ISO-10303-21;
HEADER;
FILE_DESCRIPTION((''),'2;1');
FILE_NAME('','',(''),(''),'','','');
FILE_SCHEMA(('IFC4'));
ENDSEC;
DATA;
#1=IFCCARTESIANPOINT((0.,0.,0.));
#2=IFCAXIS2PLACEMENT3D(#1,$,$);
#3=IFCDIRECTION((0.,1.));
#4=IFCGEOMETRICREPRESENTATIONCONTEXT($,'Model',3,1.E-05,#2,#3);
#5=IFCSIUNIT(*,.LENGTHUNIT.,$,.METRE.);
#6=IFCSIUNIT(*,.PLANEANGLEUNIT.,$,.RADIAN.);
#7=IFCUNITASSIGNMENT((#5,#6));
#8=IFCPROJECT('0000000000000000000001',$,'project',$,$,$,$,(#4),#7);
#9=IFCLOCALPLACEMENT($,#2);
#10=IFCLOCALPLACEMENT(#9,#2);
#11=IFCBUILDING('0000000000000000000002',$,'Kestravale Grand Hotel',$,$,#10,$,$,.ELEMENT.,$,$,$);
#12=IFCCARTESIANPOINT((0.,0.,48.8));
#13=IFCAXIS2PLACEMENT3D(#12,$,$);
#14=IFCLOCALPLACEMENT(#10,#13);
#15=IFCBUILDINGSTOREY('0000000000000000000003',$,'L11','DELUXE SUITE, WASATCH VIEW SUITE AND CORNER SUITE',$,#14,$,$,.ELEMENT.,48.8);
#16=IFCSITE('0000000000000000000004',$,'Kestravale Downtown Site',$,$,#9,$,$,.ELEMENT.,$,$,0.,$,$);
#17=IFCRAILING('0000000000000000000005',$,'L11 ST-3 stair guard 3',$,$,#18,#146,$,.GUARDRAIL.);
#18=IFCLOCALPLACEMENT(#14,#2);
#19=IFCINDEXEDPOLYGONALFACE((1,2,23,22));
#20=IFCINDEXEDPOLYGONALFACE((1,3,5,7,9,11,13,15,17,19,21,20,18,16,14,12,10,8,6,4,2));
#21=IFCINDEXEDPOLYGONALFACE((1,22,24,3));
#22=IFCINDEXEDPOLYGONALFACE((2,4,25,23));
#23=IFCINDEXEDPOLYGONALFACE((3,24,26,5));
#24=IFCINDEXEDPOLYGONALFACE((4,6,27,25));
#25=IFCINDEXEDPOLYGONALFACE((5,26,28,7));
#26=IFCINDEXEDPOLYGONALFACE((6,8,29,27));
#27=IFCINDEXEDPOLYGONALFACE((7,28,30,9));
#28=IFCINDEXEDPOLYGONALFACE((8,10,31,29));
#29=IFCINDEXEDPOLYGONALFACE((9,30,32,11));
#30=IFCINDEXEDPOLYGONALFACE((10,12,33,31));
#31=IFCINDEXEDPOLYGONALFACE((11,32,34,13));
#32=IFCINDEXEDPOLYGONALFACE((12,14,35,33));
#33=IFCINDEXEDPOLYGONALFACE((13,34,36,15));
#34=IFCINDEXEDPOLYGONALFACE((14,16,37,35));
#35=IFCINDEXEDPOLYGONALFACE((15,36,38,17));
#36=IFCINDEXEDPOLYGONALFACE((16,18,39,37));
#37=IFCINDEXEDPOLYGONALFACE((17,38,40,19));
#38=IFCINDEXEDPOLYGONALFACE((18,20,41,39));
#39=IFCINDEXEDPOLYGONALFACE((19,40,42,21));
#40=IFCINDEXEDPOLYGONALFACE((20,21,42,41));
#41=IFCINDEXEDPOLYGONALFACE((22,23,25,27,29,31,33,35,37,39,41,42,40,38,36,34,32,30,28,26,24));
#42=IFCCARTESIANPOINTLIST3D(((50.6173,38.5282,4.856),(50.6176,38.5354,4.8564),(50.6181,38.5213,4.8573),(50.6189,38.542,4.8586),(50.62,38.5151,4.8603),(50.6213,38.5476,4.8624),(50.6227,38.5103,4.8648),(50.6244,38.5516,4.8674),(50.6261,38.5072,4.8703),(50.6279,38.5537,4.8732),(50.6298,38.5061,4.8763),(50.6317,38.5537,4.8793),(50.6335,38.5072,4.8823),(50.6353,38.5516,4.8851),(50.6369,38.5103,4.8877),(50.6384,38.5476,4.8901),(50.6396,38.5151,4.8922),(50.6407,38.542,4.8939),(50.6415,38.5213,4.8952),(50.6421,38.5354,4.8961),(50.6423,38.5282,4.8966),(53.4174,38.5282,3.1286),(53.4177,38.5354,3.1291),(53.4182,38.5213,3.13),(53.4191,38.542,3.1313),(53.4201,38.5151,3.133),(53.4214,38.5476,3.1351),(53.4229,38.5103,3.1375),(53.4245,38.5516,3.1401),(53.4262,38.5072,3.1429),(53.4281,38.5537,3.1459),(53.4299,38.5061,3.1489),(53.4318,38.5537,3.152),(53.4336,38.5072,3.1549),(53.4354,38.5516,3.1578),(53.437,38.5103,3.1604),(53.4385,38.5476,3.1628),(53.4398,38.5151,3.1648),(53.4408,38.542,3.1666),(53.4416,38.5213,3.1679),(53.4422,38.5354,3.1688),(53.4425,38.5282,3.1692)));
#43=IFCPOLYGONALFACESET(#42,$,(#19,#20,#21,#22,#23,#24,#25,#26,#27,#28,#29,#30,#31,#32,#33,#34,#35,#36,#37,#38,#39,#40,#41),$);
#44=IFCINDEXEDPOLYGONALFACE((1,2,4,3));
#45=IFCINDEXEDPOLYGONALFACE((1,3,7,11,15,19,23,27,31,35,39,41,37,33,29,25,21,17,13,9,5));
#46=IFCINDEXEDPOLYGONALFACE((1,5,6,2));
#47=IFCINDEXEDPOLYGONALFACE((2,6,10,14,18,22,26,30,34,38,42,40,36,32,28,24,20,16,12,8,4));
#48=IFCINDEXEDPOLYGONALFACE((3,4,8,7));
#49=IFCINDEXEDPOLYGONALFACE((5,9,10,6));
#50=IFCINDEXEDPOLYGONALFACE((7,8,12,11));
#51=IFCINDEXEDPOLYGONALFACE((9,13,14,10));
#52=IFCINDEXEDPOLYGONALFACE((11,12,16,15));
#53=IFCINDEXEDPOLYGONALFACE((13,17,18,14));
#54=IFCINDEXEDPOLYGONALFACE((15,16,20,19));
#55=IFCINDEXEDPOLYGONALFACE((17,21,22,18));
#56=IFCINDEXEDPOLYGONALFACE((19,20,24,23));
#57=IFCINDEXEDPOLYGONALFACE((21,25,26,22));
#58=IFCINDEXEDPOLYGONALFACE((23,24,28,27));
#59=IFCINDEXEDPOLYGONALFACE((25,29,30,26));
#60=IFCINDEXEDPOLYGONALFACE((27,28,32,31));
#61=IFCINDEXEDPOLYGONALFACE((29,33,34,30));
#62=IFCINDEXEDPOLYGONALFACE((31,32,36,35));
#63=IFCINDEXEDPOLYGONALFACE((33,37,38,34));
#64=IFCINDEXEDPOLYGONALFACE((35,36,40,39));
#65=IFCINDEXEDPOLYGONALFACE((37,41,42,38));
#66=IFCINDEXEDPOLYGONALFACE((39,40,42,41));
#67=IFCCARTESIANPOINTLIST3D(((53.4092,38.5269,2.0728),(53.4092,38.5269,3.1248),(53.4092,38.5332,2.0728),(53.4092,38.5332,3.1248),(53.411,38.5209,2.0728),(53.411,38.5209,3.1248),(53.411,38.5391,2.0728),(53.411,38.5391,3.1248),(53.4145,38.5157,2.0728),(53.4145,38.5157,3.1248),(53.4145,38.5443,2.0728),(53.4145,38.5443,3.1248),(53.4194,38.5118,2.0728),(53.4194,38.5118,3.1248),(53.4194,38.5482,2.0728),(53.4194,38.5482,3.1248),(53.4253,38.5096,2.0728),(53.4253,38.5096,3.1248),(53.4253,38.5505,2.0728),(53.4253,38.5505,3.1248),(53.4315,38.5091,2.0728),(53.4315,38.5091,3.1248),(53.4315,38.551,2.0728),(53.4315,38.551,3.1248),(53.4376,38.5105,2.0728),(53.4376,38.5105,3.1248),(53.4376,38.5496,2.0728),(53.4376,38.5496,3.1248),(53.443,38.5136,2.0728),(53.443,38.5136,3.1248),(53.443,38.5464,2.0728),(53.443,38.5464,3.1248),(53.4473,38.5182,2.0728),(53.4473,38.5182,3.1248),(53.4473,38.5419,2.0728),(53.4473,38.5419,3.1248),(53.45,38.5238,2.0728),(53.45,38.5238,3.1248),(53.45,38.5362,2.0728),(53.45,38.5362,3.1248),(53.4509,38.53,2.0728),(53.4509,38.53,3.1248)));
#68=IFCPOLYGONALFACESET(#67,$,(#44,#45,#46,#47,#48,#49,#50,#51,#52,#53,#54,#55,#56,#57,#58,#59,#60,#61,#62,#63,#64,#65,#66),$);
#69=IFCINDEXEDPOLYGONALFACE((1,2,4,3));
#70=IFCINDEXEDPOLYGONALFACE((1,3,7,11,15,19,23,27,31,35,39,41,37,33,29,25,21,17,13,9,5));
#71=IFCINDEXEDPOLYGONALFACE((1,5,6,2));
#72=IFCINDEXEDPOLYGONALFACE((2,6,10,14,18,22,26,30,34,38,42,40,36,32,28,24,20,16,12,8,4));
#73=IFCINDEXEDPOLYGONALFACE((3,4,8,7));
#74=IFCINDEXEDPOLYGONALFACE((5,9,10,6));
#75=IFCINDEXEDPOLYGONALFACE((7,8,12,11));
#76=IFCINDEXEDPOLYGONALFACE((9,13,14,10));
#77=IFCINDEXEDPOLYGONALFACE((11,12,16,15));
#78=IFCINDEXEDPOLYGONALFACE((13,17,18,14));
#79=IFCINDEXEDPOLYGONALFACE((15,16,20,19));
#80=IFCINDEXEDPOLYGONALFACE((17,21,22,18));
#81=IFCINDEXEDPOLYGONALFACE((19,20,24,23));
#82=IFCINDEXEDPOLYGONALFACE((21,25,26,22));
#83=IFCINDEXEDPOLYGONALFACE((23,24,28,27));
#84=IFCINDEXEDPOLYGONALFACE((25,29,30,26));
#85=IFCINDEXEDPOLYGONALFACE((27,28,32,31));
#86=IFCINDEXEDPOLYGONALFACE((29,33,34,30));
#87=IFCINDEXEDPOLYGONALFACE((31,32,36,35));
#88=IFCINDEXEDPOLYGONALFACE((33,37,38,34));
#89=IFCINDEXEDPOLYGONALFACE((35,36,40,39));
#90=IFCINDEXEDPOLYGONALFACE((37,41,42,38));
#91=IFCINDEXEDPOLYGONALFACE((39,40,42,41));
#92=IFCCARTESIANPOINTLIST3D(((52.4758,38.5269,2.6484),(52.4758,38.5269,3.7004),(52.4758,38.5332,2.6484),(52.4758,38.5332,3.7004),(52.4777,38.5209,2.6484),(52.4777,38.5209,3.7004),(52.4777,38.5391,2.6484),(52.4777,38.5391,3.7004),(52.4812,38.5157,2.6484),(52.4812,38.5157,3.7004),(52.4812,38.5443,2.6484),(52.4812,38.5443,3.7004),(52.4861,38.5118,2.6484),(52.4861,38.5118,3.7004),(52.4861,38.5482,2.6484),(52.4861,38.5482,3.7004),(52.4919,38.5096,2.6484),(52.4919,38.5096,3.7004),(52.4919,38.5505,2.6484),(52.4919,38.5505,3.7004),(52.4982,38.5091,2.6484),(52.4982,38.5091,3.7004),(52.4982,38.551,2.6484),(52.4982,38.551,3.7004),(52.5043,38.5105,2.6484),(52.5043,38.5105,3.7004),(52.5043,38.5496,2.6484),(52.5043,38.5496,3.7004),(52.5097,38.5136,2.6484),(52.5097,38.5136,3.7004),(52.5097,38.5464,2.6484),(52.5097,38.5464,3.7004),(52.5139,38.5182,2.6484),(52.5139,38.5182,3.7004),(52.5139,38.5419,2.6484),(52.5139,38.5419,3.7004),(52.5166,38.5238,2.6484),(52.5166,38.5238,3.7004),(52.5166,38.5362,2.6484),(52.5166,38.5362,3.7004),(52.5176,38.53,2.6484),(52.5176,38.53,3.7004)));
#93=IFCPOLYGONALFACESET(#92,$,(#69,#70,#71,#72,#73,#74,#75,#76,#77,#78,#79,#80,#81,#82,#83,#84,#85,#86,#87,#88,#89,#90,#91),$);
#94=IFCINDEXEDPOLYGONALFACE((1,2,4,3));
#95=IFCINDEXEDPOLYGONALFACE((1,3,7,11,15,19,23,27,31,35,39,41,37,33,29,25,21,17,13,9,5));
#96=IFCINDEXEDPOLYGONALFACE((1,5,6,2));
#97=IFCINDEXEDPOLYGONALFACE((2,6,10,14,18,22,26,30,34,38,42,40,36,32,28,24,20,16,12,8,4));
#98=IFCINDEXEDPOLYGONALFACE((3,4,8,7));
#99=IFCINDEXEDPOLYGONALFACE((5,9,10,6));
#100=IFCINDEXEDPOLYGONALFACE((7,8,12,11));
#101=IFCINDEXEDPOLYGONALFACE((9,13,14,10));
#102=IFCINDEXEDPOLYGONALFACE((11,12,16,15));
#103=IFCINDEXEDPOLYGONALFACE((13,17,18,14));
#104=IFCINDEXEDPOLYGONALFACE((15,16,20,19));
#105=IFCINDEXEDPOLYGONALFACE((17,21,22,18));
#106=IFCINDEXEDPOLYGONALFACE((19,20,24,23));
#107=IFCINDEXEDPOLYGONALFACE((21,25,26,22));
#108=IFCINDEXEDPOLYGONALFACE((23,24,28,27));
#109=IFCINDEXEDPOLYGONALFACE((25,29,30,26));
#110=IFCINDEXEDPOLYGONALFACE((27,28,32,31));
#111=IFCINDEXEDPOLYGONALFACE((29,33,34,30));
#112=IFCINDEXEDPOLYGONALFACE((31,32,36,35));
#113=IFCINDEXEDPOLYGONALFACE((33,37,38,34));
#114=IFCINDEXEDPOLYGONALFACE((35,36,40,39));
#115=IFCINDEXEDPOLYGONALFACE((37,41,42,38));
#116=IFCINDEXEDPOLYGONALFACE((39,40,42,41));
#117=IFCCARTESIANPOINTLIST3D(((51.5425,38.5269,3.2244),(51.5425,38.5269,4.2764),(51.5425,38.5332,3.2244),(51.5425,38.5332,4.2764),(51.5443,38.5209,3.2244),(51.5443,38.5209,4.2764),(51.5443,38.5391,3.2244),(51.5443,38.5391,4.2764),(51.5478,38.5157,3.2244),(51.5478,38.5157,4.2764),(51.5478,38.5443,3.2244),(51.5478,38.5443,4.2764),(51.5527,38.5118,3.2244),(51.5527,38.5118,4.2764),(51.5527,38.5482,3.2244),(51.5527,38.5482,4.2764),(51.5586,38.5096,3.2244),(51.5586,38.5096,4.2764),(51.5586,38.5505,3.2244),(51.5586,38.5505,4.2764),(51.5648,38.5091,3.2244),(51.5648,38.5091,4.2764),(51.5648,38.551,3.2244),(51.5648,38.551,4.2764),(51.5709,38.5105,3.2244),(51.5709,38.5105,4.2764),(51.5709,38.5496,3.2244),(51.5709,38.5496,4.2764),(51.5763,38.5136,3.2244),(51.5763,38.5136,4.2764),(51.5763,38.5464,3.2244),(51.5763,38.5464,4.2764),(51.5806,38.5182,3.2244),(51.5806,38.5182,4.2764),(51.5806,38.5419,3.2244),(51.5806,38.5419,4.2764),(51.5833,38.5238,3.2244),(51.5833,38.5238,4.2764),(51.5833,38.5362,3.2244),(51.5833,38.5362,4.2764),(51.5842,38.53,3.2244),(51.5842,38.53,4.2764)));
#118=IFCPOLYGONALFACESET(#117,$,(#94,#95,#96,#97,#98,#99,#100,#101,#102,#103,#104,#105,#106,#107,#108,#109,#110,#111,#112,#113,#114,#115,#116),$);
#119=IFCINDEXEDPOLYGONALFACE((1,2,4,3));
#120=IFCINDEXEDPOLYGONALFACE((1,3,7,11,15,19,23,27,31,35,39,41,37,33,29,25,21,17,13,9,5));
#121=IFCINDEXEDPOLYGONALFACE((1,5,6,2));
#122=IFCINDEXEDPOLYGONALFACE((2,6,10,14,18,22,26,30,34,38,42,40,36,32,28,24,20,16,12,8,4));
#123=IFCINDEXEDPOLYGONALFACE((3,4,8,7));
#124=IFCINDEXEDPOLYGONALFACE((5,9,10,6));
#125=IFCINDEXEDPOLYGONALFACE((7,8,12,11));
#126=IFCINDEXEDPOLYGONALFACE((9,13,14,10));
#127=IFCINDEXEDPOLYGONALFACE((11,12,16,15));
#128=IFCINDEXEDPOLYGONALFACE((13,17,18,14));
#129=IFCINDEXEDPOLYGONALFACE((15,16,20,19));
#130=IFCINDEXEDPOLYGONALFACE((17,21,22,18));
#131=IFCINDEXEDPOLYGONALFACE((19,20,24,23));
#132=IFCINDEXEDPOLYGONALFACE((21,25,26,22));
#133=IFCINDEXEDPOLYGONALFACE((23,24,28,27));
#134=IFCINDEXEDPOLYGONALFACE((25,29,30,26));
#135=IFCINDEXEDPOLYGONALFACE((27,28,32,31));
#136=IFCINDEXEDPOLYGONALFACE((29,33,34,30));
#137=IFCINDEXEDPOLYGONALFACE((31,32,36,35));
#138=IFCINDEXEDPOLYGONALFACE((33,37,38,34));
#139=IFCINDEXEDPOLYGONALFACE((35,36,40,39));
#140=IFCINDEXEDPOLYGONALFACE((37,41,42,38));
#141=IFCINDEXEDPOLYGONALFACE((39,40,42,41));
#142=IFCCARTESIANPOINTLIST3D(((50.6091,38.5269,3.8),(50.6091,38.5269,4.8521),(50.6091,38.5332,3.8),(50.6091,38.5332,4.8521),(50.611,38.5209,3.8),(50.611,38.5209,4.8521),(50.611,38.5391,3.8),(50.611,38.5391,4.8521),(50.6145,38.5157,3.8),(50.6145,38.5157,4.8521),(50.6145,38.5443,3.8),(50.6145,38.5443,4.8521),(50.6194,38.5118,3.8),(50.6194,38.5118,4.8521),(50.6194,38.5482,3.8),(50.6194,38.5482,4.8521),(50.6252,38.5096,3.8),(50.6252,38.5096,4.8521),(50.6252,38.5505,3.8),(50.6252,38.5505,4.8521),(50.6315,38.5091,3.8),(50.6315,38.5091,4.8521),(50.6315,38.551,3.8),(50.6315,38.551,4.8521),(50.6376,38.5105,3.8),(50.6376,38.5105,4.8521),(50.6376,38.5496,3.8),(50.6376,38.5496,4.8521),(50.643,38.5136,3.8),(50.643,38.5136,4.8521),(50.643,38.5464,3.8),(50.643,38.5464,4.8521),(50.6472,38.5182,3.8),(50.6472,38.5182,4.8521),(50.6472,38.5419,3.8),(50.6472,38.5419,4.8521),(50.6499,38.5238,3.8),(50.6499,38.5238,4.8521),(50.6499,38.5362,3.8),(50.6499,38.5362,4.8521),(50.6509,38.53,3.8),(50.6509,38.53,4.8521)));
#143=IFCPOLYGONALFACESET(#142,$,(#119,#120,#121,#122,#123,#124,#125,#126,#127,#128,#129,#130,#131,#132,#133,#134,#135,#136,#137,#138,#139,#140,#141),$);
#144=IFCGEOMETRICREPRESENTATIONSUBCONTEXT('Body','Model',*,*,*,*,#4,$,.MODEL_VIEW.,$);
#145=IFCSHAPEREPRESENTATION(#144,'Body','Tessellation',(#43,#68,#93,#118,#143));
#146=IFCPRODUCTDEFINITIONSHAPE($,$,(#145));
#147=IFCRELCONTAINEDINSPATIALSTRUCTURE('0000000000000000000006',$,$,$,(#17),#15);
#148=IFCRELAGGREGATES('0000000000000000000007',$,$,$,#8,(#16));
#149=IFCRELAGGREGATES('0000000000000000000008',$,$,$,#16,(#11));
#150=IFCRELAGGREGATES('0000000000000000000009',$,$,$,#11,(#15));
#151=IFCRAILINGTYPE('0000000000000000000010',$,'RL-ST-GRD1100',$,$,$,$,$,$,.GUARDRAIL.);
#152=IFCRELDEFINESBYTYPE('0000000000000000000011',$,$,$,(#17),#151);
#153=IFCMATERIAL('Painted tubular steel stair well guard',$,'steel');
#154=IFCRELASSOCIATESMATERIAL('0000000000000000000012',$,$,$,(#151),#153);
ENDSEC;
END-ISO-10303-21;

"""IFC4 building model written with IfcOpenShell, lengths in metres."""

from ifc_helpers import new_model, si_unit, direction, frame, origin, origin_2d, place, context, subcontext, project, spatial, circle, extrude, material, type_object, element, save


model = new_model("IFC4")

# Units and contexts
model_context = context("Model", 3, precision=1e-05, world=origin(), true_north=direction((0.0, 1.0)))
body_context = subcontext(model_context, "Body", "Model", "MODEL_VIEW")
ifc_project = project(units=[si_unit("LENGTHUNIT", "METRE"), si_unit("PLANEANGLEUNIT", "RADIAN")], contexts=[model_context])

# Site, building, storey
site_placement = place(None, origin())
site = spatial("IfcSite", under=ifc_project, at=site_placement, Name="Kestravale Downtown Site", CompositionType="ELEMENT", RefElevation=0.0)
building_placement = place(site_placement, origin())
building = spatial("IfcBuilding", under=site, at=building_placement, Name="Kestravale Grand Hotel", CompositionType="ELEMENT")
storey_placement = place(building_placement, frame((0.0, 0.0, 48.8)))
storey = spatial("IfcBuildingStorey", under=building, at=storey_placement, Name="L11", Description="DELUXE SUITE, WASATCH VIEW SUITE AND CORNER SUITE", CompositionType="ELEMENT", Elevation=48.8)

# Railing
ifc_material_1 = material(Name="Painted tubular steel stair well guard", Category="steel")
railing_type_1 = type_object("IfcRailingType", Name="RL-ST-GRD1100", PredefinedType="GUARDRAIL", material=ifc_material_1)
railing_1_placement = place(storey_placement, frame((53.4299, 38.53, 2.0728)))
element("IfcRailing", 1, at=railing_1_placement, inside=storey, type_object=railing_type_1, Name="L11 ST-3 stair guard 3", PredefinedType="GUARDRAIL", context=body_context, shape_type="SweptSolid", body=[
    extrude(circle(Radius=0.0239, at=origin_2d()), frame((0.0, 0.0, 1.0762), z_axis=(-0.85109, 0.0, 0.52502), x_axis=(0.0, -1.0, 0.0)), (0.0, 0.0, 1.0), 3.29),
    extrude(circle(Radius=0.021, at=origin_2d()), origin(), (0.0, 0.0, 1.0), 1.052),
    extrude(circle(Radius=0.021, at=origin_2d()), frame((-0.9333, 0.0, 0.5757)), (0.0, 0.0, 1.0), 1.052),
    extrude(circle(Radius=0.021, at=origin_2d()), frame((-1.8667, 0.0, 1.1516)), (0.0, 0.0, 1.0), 1.052),
    extrude(circle(Radius=0.021, at=origin_2d()), frame((-2.8, 0.0, 1.7273)), (0.0, 0.0, 1.0), 1.052),
])

save(model, "model.ifc")
